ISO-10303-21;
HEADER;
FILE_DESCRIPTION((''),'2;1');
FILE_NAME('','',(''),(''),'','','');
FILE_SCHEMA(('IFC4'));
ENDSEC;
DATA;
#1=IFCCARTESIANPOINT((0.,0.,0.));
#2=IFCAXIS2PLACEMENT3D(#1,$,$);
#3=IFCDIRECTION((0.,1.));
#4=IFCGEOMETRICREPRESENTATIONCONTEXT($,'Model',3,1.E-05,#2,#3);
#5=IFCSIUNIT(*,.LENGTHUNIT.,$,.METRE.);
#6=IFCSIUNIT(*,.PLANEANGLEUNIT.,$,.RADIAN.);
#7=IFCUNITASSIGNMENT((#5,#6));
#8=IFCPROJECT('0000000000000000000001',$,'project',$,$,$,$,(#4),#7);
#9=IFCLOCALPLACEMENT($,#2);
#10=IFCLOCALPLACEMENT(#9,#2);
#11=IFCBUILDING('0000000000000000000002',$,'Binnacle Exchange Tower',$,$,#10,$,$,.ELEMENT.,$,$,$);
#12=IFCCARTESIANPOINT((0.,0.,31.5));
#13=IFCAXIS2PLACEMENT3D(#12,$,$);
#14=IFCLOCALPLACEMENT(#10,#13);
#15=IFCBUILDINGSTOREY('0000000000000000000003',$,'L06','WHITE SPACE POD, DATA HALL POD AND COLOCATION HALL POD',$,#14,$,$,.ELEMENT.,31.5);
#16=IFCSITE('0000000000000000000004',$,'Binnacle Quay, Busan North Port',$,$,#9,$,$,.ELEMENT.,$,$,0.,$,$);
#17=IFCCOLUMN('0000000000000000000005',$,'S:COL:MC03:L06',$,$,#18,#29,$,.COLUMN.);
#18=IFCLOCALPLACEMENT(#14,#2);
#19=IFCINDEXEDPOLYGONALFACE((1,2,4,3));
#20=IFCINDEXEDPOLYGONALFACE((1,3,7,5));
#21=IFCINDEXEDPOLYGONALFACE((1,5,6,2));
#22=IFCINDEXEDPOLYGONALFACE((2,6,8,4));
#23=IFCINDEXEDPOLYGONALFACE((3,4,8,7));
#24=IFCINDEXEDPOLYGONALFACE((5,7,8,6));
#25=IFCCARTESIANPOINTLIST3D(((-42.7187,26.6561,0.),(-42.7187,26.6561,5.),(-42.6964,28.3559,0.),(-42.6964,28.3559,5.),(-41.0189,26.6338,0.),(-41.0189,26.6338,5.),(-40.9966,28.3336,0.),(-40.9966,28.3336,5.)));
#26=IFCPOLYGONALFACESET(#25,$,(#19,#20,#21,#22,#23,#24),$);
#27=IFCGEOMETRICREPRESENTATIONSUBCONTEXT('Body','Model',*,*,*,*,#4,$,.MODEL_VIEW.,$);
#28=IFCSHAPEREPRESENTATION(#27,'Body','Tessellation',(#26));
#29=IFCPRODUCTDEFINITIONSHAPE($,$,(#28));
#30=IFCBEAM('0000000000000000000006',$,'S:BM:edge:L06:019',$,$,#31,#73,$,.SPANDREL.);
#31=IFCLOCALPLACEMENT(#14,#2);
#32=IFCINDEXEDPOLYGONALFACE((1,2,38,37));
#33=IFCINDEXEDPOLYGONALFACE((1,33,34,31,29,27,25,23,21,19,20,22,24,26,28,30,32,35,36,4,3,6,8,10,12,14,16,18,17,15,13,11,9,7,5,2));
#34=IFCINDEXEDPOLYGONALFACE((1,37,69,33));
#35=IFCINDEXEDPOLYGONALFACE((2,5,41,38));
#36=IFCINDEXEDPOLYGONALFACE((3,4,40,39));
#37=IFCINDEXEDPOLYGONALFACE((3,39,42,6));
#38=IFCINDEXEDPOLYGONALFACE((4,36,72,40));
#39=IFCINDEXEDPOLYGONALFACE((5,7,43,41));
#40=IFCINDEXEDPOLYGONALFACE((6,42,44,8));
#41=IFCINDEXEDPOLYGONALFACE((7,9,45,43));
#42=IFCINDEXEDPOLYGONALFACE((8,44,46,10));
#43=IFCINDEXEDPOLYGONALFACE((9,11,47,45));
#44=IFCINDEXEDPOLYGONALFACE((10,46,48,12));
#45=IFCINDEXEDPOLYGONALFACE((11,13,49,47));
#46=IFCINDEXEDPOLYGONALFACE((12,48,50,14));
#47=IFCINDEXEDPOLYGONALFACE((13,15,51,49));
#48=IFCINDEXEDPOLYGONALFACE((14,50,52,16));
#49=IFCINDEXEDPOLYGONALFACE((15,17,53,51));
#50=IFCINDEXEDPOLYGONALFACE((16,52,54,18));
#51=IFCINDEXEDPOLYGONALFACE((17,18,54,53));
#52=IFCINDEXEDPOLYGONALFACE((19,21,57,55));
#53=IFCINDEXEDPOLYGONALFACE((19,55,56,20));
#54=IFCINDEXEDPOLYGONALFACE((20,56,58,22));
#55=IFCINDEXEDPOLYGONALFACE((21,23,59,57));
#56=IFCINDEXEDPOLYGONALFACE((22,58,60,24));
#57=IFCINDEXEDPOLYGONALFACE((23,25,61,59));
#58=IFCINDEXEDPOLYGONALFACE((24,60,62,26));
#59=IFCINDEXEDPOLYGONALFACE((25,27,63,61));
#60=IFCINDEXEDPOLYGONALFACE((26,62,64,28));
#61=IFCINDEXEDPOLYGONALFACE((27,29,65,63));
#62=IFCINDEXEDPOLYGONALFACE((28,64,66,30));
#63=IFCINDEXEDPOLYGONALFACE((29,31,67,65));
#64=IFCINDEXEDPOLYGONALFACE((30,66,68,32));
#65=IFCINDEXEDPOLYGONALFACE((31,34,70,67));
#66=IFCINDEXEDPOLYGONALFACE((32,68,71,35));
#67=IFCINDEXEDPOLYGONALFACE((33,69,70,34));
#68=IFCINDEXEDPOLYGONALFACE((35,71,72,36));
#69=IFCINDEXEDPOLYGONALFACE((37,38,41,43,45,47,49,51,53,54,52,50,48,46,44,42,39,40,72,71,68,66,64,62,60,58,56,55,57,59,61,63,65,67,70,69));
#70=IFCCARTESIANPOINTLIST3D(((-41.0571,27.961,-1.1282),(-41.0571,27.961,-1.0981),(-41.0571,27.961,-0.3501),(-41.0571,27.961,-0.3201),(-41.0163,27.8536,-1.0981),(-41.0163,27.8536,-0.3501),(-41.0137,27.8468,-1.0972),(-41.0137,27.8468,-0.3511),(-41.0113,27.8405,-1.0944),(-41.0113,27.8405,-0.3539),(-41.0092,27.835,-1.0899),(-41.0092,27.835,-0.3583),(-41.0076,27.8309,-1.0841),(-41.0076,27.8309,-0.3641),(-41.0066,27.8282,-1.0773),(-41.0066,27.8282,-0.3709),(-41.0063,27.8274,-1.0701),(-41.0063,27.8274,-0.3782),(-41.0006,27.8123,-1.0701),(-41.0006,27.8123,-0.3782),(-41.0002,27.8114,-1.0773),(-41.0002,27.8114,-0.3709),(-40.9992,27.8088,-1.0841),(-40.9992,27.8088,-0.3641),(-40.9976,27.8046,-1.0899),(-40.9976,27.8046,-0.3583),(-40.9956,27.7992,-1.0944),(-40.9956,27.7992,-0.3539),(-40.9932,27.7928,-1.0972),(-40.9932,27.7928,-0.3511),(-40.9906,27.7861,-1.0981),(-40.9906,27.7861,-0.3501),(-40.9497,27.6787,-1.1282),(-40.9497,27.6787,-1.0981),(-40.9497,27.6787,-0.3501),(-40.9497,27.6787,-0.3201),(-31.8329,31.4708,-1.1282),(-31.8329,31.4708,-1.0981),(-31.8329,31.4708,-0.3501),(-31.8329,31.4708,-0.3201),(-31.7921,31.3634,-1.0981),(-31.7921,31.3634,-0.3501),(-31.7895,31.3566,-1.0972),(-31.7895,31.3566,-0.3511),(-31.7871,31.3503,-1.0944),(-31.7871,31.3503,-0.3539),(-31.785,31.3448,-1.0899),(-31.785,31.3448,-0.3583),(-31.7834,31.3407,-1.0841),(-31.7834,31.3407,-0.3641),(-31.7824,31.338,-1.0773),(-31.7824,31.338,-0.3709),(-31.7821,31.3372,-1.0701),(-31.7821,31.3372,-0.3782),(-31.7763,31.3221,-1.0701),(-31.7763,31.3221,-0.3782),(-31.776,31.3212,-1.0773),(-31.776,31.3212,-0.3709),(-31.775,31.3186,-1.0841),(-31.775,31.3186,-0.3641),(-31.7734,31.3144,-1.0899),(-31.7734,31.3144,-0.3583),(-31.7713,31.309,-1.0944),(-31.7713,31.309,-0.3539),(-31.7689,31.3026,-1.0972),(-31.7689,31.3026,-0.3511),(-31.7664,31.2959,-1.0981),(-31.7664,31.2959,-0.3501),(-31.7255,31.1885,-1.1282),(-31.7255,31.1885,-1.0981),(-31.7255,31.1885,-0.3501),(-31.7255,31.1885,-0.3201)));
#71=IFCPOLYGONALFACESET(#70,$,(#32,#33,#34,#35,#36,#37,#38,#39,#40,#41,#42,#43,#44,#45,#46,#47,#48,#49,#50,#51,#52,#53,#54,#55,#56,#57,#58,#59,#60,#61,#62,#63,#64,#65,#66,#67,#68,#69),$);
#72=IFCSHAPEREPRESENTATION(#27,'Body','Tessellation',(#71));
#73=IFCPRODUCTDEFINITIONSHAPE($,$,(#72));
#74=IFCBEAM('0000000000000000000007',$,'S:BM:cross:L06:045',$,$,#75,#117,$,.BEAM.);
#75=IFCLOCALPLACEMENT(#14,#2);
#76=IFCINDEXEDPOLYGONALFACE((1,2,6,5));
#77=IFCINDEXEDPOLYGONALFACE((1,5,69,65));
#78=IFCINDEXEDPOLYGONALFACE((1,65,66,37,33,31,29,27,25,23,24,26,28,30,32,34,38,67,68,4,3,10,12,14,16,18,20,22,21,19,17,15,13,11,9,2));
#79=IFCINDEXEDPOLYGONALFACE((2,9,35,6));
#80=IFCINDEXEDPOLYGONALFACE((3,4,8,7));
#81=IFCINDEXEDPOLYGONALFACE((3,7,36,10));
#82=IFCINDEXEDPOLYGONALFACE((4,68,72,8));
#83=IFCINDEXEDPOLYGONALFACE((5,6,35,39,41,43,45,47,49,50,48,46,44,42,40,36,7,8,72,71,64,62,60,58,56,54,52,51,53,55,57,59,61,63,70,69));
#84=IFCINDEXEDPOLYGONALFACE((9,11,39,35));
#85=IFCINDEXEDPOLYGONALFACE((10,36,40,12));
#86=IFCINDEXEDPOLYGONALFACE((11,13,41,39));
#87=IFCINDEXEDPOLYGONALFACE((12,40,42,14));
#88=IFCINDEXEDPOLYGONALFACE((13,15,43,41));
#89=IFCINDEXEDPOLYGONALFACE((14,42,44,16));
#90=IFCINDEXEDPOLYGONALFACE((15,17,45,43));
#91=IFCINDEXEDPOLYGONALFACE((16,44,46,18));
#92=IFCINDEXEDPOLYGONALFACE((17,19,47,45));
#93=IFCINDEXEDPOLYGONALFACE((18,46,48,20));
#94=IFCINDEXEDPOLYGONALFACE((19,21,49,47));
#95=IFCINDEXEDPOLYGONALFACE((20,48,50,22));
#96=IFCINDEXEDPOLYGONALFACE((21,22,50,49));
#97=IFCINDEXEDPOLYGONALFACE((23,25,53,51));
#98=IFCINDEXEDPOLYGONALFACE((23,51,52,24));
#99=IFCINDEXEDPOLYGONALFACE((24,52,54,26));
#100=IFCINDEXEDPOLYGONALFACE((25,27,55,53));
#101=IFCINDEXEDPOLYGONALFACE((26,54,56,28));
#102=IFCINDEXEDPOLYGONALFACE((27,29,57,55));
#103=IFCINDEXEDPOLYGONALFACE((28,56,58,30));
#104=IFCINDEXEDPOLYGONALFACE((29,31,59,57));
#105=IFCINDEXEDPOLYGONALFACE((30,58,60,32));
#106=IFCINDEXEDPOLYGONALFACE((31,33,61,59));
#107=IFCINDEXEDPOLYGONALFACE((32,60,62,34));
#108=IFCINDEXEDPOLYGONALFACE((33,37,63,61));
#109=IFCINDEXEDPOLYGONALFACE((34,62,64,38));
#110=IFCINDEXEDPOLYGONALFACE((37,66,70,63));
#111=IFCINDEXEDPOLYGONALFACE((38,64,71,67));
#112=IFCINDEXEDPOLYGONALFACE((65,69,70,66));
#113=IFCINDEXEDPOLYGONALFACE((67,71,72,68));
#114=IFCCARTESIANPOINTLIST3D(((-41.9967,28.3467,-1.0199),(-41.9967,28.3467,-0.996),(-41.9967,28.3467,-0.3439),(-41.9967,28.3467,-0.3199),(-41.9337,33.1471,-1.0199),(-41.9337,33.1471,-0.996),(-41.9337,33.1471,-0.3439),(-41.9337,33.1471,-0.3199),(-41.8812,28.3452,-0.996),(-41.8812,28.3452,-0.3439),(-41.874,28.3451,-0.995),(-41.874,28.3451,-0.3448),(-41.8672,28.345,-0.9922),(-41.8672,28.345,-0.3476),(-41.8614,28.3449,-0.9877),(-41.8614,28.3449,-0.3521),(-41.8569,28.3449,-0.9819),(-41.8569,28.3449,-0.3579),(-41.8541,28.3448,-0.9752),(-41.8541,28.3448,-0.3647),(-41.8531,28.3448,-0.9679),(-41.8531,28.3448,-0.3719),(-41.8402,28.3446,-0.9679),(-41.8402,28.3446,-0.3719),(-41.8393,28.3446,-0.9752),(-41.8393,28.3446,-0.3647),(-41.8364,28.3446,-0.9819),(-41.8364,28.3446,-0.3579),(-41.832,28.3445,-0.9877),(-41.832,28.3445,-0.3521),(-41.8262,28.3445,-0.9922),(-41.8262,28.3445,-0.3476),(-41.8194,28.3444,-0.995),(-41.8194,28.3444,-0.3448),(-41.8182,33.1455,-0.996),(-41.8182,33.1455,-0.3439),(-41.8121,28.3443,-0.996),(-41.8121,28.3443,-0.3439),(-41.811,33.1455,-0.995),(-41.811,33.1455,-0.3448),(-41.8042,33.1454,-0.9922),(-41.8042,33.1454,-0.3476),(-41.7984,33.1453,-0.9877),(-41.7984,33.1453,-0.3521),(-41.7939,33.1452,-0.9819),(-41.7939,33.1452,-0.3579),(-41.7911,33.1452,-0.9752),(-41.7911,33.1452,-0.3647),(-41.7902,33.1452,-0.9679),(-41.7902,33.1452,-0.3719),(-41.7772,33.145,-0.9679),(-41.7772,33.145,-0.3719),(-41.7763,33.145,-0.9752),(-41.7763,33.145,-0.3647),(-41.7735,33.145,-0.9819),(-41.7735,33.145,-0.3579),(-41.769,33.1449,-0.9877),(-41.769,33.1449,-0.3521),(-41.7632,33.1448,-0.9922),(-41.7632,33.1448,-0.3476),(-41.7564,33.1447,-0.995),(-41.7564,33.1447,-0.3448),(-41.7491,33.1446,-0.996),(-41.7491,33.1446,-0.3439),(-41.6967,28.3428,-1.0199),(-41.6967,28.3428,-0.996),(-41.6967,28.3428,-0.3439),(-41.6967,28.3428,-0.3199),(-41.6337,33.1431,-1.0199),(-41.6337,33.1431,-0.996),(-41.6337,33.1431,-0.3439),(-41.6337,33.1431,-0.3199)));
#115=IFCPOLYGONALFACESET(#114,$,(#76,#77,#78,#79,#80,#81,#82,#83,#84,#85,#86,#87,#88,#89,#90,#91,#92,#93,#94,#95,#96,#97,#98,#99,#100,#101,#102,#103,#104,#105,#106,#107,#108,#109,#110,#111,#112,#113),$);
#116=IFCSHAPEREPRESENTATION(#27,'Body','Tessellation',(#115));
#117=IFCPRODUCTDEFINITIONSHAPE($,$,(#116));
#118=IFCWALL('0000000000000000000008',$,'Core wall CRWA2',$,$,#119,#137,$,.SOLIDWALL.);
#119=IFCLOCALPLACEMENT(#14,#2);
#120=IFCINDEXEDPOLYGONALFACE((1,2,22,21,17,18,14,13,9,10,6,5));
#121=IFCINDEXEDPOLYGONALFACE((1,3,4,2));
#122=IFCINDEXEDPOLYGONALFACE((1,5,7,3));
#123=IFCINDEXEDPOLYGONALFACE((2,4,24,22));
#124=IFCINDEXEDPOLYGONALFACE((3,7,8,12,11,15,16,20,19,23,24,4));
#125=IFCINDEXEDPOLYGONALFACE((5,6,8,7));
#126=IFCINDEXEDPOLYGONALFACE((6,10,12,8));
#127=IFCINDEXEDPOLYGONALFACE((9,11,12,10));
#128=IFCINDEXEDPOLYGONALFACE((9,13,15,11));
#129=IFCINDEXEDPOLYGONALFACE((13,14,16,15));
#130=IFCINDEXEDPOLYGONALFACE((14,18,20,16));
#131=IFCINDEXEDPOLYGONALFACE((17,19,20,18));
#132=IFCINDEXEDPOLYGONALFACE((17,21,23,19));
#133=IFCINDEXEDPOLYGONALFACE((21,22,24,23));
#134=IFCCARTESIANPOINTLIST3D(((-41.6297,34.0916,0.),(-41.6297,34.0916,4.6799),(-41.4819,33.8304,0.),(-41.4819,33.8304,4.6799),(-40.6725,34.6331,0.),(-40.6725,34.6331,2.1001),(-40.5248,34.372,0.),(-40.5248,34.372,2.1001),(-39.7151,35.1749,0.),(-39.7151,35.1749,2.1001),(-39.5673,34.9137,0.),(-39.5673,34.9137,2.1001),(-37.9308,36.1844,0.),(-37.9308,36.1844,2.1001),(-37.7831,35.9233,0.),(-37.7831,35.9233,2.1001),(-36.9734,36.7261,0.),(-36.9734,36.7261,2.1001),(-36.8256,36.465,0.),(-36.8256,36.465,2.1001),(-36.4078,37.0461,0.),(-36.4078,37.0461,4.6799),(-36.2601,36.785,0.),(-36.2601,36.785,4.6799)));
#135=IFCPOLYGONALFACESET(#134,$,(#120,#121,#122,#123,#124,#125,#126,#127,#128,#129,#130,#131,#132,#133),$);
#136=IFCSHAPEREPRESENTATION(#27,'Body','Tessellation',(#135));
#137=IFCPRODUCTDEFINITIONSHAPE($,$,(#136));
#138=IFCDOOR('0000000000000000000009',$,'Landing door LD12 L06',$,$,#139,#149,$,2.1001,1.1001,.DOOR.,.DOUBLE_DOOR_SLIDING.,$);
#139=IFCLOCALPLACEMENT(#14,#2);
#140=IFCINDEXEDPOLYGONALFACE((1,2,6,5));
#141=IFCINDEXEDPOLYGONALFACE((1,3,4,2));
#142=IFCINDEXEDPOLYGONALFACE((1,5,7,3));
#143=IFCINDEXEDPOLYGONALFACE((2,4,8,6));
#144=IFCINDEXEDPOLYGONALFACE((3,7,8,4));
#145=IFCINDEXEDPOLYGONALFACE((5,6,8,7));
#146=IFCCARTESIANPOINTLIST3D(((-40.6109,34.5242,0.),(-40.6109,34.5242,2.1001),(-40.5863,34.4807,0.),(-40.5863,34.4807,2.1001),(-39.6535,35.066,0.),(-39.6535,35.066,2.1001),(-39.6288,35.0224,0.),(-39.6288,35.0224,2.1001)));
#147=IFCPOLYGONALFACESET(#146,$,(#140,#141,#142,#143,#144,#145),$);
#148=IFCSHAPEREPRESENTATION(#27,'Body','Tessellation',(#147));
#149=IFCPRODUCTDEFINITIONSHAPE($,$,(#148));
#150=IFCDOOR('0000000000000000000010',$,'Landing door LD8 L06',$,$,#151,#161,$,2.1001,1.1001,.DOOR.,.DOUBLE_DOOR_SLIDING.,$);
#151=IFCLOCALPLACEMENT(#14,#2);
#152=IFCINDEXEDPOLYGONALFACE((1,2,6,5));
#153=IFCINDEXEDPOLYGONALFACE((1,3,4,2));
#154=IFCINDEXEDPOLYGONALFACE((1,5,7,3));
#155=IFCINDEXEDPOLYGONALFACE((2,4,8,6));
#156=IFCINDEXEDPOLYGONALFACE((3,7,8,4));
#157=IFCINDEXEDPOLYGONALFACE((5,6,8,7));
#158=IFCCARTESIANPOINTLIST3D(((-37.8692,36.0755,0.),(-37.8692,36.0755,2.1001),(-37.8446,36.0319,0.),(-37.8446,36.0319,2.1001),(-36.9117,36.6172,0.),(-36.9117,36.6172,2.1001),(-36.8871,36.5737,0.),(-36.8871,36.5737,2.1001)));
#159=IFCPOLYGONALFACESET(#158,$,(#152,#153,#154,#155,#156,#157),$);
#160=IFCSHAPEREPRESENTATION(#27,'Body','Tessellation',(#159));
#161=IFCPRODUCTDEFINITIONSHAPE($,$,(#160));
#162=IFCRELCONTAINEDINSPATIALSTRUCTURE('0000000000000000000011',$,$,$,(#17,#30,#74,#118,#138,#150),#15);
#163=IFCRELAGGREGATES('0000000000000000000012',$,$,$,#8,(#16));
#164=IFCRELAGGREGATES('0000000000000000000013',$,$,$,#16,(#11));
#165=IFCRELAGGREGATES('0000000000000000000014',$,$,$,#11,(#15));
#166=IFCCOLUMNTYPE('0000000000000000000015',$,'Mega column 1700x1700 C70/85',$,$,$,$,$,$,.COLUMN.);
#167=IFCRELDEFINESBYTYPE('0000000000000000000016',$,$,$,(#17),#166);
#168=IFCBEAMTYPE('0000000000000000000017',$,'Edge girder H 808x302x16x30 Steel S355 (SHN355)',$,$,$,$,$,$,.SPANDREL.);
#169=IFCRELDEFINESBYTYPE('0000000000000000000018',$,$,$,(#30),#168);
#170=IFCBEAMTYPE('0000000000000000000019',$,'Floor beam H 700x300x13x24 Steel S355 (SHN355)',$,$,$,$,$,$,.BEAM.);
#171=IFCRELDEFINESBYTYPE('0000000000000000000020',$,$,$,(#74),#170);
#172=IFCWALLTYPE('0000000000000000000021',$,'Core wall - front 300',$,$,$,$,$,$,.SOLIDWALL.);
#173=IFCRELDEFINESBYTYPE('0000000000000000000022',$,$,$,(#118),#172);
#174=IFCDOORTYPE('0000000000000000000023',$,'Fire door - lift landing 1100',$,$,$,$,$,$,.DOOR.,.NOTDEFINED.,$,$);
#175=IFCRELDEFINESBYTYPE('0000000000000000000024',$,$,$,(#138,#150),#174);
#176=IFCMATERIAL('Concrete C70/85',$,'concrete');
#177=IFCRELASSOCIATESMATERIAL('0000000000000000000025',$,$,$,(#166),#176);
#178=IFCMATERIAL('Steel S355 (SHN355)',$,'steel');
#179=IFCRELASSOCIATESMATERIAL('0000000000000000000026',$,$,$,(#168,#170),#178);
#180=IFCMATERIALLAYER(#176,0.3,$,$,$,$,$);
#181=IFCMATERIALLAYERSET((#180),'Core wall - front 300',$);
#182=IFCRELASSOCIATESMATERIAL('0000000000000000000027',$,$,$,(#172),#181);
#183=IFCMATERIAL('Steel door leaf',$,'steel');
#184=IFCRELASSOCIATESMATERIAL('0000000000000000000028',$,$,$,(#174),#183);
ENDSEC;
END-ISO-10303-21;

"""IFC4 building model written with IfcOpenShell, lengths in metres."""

from ifc_helpers import new_model, si_unit, direction, frame, frame_2d, origin, origin_2d, place, context, subcontext, project, spatial, rectangle, i_section, extrude, material, layer, layer_set, material_profile, profile_set, type_object, element, fill, save


model = new_model("IFC4")

# Units and contexts
model_context = context("Model", 3, precision=1e-05, world=origin(), true_north=direction((0.0, 1.0)))
body_context = subcontext(model_context, "Body", "Model", "MODEL_VIEW")
ifc_project = project(units=[si_unit("LENGTHUNIT", "METRE"), si_unit("PLANEANGLEUNIT", "RADIAN")], contexts=[model_context])

# Site, building, storey
site_placement = place(None, origin())
site = spatial("IfcSite", under=ifc_project, at=site_placement, Name="Binnacle Quay, Busan North Port", CompositionType="ELEMENT", RefElevation=0.0)
building_placement = place(site_placement, origin())
building = spatial("IfcBuilding", under=site, at=building_placement, Name="Binnacle Exchange Tower", CompositionType="ELEMENT")
storey_placement = place(building_placement, frame((0.0, 0.0, 31.5)))
storey = spatial("IfcBuildingStorey", under=building, at=storey_placement, Name="L06", Description="WHITE SPACE POD, DATA HALL POD AND COLOCATION HALL POD", CompositionType="ELEMENT", Elevation=31.5)

# Column
ifc_material_1 = material(Name="Concrete C70/85", Category="concrete")
ifc_material_profile_1 = material_profile(ifc_material_1, rectangle(XDim=1.7, YDim=1.7, at=origin_2d()), Name="Mega column 1700x1700 C70/85")
ifc_profile_set_1 = profile_set([ifc_material_profile_1], Name="Concrete C70/85")
column_type = type_object("IfcColumnType", Name="Mega column 1700x1700 C70/85", PredefinedType="COLUMN", material=ifc_profile_set_1)
column_placement = place(storey_placement, frame((-41.8577, 27.4949, 0.0), z_axis=(0.0, 0.0, 1.0), x_axis=(0.999914, -0.01309, 0.0)))
element("IfcColumn", 1, at=column_placement, inside=storey, type_object=column_type, Name="S:COL:MC03:L06", PredefinedType="COLUMN", context=body_context, shape_type="SweptSolid", body=[
    extrude(rectangle(XDim=1.7, YDim=1.7, at=origin_2d()), origin(), (0.0, 0.0, 1.0), 5.0),
])

# Beams
ifc_material_2 = material(Name="Steel S355 (SHN355)", Category="steel")
ifc_material_profile_2 = material_profile(ifc_material_2, i_section(OverallWidth=0.302, OverallDepth=0.8081, WebThickness=0.0161, FlangeThickness=0.03, FilletRadius=0.0281, at=origin_2d()), Name="H 808x302x16x30")
ifc_profile_set_2 = profile_set([ifc_material_profile_2], Name="Steel S355 (SHN355)")
beam_type_1 = type_object("IfcBeamType", Name="Edge girder H 808x302x16x30 Steel S355 (SHN355)", PredefinedType="SPANDREL", material=ifc_profile_set_2)
beam_1_placement = place(storey_placement, frame((-41.0034, 27.8198, -0.7241), z_axis=(0.934629, 0.355625, 0.0), x_axis=(-0.355625, 0.934629, 0.0)))
element("IfcBeam", 2, at=beam_1_placement, inside=storey, type_object=beam_type_1, Name="S:BM:edge:L06:019", PredefinedType="SPANDREL", context=body_context, shape_type="SweptSolid", body=[
    extrude(i_section(OverallWidth=0.302, OverallDepth=0.8081, WebThickness=0.0161, FlangeThickness=0.03, FilletRadius=0.0281, at=origin_2d()), origin(), (0.0, 0.0, 1.0), 9.8694),
])
ifc_material_profile_3 = material_profile(ifc_material_2, i_section(OverallWidth=0.3, OverallDepth=0.7, WebThickness=0.0129, FlangeThickness=0.0239, FilletRadius=0.0281, at=origin_2d()), Name="H 700x300x13x24")
ifc_profile_set_3 = profile_set([ifc_material_profile_3], Name="Steel S355 (SHN355)")
beam_type_2 = type_object("IfcBeamType", Name="Floor beam H 700x300x13x24 Steel S355 (SHN355)", PredefinedType="BEAM", material=ifc_profile_set_3)
beam_2_placement = place(storey_placement, frame((-41.8467, 28.3447, -0.6699), z_axis=(0.013121, 0.999914, 0.0), x_axis=(-0.999914, 0.013121, 0.0)))
element("IfcBeam", 3, at=beam_2_placement, inside=storey, type_object=beam_type_2, Name="S:BM:cross:L06:045", PredefinedType="BEAM", context=body_context, shape_type="SweptSolid", body=[
    extrude(i_section(OverallWidth=0.3, OverallDepth=0.7, WebThickness=0.0129, FlangeThickness=0.0239, FilletRadius=0.0281, at=origin_2d()), origin(), (0.0, 0.0, 1.0), 4.8008),
])

# Wall, openings, doors
ifc_layer_1 = layer(ifc_material_1, 0.3)
ifc_layer_set_1 = layer_set([ifc_layer_1], Name="Core wall - front 300")
wall_type_1 = type_object("IfcWallType", Name="Core wall - front 300", PredefinedType="SOLIDWALL", material=ifc_layer_set_1)
wall_1_placement = place(storey_placement, frame((-41.5559, 33.9609, 0.0), z_axis=(0.0, 0.0, 1.0), x_axis=(0.870344, 0.492445, 0.0)))
wall_1 = element("IfcWall", 4, at=wall_1_placement, inside=storey, type_object=wall_type_1, Name="Core wall CRWA2", PredefinedType="SOLIDWALL", context=body_context, shape_type="SweptSolid", body=[
    extrude(rectangle(XDim=5.9998, YDim=0.3, at=frame_2d((3.0, 0.0))), origin(), (0.0, 0.0, 1.0), 4.6799),
])
opening_1_placement = place(wall_1_placement, frame((1.0999, 0.0, 0.0)))
opening_1 = element("IfcOpeningElement", 5, at=opening_1_placement, cuts=wall_1, PredefinedType="OPENING", context=body_context, shape_type="SweptSolid", body=[
    extrude(rectangle(XDim=1.1001, YDim=2.1001, at=frame_2d((0.55, 1.05))), frame((0.0, 0.1599, 0.0), z_axis=(0.0, -1.0, 0.0), x_axis=(1.0, 0.0, 0.0)), (0.0, 0.0, 1.0), 0.3201),
])
opening_2_placement = place(wall_1_placement, frame((4.25, 0.0, 0.0)))
opening_2 = element("IfcOpeningElement", 6, at=opening_2_placement, cuts=wall_1, PredefinedType="OPENING", context=body_context, shape_type="SweptSolid", body=[
    extrude(rectangle(XDim=1.1001, YDim=2.1001, at=frame_2d((0.55, 1.05))), frame((0.0, 0.1599, 0.0), z_axis=(0.0, -1.0, 0.0), x_axis=(1.0, 0.0, 0.0)), (0.0, 0.0, 1.0), 0.3201),
])
ifc_material_3 = material(Name="Steel door leaf", Category="steel")
door_type_1 = type_object("IfcDoorType", Name="Fire door - lift landing 1100", OperationType="NOTDEFINED", PredefinedType="DOOR", material=ifc_material_3)
door_1_placement = place(opening_1_placement, origin())
door_1 = element("IfcDoor", 7, at=door_1_placement, inside=storey, type_object=door_type_1, Name="Landing door LD12 L06", OperationType="DOUBLE_DOOR_SLIDING", OverallHeight=2.1001, OverallWidth=1.1001, PredefinedType="DOOR", context=body_context, shape_type="SweptSolid", body=[
    extrude(rectangle(XDim=1.1001, YDim=2.1001, at=frame_2d((0.55, 1.05))), frame((0.0, 0.0249, 0.0), z_axis=(0.0, -1.0, 0.0), x_axis=(1.0, 0.0, 0.0)), (0.0, 0.0, 1.0), 0.05),
])
fill(opening_1, door_1)
door_2_placement = place(opening_2_placement, origin())
door_2 = element("IfcDoor", 8, at=door_2_placement, inside=storey, type_object=door_type_1, Name="Landing door LD8 L06", OperationType="DOUBLE_DOOR_SLIDING", OverallHeight=2.1001, OverallWidth=1.1001, PredefinedType="DOOR", context=body_context, shape_type="SweptSolid", body=[
    extrude(rectangle(XDim=1.1001, YDim=2.1001, at=frame_2d((0.55, 1.05))), frame((0.0, 0.0249, 0.0), z_axis=(0.0, -1.0, 0.0), x_axis=(1.0, 0.0, 0.0)), (0.0, 0.0, 1.0), 0.05),
])
fill(opening_2, door_2)

save(model, "model.ifc")
